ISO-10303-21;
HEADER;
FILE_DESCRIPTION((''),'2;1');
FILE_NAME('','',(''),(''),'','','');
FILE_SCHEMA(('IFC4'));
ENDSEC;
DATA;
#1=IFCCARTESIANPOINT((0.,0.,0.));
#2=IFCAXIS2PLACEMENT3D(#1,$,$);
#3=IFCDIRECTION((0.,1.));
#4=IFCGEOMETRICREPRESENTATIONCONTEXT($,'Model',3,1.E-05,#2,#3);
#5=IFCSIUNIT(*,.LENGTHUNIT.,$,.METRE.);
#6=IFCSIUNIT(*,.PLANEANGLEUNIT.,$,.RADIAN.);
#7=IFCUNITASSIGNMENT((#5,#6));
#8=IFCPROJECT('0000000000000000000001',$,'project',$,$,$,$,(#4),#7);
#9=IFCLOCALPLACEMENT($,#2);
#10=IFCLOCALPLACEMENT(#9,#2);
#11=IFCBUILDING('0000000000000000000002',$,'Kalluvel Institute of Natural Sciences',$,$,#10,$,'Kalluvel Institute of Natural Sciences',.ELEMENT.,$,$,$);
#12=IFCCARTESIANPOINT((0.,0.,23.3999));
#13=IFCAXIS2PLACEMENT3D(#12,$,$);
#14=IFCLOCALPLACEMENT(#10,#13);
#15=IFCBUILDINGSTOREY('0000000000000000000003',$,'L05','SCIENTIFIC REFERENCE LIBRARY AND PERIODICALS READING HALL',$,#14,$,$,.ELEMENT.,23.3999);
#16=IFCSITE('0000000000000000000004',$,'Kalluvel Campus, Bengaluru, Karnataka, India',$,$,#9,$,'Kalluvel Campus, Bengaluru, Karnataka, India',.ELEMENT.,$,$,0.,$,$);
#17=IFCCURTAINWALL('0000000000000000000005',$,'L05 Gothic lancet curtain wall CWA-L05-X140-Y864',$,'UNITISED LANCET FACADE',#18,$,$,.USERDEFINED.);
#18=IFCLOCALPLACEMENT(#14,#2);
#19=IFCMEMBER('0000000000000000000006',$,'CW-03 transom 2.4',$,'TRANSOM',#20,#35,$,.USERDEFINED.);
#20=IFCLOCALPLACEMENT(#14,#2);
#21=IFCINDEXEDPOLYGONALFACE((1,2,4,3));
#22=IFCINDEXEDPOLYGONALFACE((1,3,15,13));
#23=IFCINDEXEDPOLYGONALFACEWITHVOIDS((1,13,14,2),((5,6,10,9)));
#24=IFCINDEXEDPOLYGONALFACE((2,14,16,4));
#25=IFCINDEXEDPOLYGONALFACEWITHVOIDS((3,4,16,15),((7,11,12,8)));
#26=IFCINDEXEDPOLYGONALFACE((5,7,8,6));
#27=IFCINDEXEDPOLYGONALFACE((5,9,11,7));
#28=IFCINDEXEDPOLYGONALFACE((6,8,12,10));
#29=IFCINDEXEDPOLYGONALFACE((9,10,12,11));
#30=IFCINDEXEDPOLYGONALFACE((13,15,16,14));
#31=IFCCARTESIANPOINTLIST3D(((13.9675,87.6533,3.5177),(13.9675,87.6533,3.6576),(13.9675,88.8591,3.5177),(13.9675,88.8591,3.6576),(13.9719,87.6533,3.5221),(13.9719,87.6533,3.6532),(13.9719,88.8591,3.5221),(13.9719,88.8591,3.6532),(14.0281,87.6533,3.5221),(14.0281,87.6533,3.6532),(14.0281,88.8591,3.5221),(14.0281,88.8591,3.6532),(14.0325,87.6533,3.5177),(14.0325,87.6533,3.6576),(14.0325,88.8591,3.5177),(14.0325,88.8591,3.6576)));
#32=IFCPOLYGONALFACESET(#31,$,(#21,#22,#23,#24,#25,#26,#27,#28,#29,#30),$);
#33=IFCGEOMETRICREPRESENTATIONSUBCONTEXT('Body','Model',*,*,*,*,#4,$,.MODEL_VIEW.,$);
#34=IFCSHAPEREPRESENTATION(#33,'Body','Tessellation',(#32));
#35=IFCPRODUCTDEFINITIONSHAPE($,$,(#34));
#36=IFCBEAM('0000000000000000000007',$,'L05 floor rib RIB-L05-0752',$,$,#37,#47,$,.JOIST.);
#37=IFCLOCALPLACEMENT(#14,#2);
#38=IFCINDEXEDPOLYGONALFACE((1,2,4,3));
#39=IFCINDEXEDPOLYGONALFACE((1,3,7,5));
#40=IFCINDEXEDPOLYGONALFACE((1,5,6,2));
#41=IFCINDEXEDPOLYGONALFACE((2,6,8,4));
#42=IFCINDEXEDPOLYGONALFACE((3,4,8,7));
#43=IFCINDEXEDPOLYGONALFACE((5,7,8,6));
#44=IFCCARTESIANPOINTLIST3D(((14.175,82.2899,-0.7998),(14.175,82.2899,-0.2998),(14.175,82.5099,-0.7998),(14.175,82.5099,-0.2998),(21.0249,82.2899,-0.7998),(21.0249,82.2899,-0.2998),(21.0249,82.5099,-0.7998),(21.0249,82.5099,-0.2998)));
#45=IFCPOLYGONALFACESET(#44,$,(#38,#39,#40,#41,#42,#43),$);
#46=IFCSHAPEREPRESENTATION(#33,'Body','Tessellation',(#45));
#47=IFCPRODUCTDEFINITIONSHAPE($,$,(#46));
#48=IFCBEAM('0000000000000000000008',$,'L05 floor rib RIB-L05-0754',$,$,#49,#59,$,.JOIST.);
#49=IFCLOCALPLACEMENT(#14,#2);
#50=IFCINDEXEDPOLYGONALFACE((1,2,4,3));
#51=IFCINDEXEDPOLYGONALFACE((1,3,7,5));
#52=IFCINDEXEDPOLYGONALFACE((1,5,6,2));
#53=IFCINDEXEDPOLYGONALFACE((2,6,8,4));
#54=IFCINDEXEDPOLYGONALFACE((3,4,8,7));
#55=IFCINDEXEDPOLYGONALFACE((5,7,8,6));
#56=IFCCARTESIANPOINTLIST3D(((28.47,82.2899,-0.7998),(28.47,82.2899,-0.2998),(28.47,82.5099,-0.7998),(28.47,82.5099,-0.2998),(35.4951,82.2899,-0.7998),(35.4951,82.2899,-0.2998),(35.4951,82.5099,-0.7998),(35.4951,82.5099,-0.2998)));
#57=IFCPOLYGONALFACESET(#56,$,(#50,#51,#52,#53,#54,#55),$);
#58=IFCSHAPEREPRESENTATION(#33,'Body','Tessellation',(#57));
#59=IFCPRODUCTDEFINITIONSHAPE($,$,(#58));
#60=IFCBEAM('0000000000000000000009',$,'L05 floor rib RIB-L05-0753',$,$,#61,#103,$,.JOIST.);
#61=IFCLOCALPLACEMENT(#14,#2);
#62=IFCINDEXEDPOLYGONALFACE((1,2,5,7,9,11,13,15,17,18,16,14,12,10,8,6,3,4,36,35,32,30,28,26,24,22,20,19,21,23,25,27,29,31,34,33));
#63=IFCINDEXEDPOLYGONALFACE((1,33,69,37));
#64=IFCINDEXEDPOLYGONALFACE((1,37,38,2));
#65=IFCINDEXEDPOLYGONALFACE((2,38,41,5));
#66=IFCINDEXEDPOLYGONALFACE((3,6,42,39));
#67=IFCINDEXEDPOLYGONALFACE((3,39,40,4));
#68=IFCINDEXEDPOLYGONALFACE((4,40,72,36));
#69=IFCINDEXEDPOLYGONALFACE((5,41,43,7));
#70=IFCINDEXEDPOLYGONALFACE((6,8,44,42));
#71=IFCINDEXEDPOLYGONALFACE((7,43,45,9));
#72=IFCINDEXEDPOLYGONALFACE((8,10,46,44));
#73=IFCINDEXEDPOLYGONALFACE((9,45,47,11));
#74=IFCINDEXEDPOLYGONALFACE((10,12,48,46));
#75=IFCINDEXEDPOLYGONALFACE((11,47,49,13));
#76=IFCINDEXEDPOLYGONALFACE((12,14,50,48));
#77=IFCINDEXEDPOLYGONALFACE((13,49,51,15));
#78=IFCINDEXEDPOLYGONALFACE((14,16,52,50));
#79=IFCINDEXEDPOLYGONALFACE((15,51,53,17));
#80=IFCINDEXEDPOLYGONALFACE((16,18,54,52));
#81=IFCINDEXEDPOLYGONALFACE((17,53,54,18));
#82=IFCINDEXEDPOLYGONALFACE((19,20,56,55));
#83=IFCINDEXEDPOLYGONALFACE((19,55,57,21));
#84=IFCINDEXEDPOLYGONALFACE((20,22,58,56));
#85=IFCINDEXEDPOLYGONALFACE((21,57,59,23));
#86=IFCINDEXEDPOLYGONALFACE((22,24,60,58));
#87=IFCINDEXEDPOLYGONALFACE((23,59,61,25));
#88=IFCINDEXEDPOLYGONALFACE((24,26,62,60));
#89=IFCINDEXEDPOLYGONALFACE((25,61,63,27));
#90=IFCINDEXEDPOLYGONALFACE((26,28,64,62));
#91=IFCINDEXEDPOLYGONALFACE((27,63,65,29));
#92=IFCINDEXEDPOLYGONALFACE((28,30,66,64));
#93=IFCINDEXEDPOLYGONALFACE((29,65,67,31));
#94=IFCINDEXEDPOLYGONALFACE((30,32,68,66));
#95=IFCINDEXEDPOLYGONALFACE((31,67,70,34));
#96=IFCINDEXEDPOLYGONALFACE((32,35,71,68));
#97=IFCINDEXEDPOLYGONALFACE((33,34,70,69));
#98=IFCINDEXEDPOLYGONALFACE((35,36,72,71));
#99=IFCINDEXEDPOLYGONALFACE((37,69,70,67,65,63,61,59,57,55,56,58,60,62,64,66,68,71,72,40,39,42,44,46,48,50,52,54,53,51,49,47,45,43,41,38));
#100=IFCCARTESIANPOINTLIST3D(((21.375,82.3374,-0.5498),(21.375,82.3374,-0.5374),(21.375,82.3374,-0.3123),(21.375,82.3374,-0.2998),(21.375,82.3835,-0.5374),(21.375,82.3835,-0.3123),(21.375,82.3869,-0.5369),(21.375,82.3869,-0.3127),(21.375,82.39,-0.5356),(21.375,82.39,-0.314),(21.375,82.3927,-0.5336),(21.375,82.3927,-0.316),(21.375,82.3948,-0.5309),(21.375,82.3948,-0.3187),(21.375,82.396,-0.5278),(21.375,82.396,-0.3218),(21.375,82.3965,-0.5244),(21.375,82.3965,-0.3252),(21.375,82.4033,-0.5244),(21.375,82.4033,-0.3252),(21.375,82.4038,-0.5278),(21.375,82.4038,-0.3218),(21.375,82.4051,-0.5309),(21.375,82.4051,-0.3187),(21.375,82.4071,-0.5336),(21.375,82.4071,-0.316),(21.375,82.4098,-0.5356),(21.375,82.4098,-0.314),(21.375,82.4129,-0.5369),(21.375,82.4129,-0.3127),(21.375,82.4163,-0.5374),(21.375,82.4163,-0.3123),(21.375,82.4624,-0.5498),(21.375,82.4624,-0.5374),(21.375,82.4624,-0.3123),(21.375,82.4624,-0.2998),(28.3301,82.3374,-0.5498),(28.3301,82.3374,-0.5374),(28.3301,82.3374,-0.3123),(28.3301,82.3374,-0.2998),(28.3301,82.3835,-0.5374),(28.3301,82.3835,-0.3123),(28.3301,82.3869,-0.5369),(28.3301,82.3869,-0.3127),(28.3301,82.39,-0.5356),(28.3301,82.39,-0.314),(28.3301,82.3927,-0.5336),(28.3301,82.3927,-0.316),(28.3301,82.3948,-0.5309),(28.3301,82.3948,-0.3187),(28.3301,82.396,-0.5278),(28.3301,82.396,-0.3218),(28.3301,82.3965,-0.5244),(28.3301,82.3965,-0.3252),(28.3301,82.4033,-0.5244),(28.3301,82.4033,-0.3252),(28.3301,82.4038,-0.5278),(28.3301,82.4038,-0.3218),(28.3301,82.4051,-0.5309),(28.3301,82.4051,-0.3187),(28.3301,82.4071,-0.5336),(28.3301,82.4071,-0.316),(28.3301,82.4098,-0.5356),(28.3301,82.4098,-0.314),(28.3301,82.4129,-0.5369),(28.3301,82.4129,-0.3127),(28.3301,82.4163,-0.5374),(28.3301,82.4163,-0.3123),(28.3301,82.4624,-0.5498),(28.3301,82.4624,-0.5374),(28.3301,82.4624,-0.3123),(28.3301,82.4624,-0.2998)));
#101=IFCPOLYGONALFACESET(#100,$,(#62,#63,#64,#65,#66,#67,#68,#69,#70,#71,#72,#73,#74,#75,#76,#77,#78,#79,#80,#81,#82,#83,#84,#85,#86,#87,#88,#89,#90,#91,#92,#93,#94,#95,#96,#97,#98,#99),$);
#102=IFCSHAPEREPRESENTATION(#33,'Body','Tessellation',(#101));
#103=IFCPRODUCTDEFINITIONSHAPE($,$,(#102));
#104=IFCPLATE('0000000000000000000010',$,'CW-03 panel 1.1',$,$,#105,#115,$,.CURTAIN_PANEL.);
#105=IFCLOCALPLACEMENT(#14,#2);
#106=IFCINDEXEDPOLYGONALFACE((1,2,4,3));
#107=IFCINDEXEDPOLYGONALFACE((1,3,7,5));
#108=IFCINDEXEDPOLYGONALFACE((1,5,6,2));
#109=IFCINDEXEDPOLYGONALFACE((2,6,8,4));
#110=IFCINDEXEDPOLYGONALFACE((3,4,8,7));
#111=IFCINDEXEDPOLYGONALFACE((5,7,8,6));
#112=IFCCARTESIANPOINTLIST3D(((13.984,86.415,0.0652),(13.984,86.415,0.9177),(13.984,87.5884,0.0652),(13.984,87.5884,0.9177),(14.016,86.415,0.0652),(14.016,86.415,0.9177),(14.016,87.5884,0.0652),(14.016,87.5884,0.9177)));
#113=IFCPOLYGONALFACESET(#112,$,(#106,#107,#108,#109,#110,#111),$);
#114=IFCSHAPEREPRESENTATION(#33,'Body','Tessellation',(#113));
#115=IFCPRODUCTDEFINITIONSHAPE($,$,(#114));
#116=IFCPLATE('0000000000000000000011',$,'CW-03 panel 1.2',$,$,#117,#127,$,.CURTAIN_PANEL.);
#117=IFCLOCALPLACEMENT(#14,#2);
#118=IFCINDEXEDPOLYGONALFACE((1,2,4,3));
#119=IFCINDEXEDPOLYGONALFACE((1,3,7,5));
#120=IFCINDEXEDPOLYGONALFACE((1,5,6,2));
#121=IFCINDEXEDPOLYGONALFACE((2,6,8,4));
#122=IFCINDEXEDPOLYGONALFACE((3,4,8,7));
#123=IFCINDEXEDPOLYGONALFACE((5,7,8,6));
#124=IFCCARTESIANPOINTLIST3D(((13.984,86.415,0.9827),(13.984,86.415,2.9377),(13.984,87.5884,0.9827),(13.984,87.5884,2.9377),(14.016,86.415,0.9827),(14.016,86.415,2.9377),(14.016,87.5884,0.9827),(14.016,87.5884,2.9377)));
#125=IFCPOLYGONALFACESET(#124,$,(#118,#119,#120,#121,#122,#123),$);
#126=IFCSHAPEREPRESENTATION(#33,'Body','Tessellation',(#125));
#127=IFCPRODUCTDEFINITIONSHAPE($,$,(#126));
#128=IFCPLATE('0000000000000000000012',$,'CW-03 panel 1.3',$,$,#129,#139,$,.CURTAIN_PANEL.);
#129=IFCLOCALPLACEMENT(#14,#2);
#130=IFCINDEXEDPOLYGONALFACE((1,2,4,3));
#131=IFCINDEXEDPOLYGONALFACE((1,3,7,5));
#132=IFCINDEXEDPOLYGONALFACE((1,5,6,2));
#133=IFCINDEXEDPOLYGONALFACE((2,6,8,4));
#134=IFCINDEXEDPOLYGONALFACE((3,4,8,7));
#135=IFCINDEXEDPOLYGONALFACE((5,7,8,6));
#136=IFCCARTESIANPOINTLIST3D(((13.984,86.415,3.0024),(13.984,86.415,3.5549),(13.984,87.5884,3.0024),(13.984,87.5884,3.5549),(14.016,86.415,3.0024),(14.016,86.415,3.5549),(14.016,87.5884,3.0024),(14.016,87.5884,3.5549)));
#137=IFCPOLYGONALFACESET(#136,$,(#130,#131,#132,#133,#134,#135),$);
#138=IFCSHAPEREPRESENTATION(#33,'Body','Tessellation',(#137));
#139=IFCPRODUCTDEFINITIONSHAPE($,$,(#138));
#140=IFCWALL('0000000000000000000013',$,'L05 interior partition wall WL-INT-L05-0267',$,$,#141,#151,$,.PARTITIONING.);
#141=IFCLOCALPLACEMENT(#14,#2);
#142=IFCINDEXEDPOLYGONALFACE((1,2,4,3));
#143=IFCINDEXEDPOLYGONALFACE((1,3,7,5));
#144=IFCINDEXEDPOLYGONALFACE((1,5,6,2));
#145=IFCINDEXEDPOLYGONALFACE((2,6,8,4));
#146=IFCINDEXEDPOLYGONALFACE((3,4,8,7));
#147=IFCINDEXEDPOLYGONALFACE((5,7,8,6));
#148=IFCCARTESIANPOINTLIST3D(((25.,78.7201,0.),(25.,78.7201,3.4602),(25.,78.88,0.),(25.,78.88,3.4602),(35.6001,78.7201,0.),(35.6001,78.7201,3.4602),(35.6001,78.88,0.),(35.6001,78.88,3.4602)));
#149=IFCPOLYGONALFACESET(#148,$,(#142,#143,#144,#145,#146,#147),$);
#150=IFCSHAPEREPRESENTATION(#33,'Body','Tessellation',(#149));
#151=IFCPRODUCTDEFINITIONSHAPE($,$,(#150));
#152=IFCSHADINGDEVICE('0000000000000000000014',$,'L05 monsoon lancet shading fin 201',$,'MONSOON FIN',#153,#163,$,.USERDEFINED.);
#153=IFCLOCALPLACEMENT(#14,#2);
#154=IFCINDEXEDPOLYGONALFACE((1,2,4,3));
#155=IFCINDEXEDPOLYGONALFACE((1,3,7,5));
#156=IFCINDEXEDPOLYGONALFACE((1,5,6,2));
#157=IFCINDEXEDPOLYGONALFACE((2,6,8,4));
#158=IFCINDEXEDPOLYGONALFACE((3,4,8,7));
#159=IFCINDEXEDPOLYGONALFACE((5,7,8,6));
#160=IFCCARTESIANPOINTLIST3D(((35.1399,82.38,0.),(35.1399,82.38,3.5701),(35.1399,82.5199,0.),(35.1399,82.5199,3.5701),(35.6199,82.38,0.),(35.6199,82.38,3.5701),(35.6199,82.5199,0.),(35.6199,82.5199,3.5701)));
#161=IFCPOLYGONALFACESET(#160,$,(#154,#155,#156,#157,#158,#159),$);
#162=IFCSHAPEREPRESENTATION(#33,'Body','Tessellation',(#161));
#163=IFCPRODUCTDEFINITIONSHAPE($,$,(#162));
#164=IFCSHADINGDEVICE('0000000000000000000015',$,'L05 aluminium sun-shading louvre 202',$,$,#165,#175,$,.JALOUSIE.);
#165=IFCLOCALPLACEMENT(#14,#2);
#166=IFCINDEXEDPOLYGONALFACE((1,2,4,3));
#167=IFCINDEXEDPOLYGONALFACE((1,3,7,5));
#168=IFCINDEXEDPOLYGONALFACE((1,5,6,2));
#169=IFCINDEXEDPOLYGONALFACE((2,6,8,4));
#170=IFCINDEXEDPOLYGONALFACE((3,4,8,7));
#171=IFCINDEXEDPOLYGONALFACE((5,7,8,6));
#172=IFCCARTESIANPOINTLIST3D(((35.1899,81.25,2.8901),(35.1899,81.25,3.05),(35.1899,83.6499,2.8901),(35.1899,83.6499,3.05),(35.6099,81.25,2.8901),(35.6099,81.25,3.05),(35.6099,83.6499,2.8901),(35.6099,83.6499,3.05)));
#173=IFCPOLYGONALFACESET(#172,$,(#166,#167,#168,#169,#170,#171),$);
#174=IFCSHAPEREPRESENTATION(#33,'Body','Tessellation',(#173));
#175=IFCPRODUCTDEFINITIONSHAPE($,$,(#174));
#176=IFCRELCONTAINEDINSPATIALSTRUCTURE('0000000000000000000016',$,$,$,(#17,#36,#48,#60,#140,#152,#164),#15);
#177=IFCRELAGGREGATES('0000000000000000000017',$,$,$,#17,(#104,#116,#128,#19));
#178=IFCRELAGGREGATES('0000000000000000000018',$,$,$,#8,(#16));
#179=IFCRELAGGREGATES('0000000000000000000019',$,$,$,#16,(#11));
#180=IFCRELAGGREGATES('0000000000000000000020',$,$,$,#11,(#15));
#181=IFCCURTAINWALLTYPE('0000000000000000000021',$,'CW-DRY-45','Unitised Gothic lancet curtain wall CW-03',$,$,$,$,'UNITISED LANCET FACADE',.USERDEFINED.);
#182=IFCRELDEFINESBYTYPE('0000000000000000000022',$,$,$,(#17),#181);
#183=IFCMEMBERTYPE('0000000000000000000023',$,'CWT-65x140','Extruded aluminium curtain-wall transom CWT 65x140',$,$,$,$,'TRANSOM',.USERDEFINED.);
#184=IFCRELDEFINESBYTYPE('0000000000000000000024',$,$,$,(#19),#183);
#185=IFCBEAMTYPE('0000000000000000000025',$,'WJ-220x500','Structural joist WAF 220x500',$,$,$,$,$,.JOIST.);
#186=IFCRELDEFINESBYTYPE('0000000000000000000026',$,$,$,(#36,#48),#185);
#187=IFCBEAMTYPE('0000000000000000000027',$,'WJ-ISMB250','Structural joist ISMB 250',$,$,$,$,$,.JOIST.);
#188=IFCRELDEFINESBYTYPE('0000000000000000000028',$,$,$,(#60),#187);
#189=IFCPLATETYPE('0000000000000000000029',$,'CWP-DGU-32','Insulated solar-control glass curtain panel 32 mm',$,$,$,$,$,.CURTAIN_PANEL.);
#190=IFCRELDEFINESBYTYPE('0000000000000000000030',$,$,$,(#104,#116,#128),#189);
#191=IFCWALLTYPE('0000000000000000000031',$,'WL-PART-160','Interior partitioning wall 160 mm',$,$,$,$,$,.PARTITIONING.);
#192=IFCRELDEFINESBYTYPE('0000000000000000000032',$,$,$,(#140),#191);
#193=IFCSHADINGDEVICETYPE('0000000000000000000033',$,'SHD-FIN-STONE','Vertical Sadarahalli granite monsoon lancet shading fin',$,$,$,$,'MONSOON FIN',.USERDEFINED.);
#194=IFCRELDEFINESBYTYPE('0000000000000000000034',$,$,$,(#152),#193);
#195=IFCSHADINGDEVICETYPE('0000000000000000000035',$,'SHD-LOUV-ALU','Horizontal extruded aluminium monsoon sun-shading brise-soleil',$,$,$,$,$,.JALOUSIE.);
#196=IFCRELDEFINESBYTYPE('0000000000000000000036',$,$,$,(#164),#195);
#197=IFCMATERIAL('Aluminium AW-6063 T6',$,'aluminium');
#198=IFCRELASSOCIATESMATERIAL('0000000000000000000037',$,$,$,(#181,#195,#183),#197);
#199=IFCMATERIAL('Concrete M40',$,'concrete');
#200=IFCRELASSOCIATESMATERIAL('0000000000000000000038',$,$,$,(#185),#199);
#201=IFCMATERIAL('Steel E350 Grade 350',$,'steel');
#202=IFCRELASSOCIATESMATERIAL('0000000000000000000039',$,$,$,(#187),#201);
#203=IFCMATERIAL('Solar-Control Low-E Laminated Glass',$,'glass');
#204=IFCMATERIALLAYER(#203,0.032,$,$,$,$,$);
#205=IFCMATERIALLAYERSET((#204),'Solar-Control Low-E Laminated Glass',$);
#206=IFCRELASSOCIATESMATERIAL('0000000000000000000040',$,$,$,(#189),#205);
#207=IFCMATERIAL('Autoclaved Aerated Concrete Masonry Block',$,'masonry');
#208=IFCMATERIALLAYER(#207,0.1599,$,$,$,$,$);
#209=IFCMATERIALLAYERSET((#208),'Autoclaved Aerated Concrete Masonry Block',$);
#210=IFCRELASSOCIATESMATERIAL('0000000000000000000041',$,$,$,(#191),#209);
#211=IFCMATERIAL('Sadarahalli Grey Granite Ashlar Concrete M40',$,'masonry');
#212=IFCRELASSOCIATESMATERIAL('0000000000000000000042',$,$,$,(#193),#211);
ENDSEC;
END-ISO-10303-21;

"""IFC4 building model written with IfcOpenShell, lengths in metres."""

from ifc_helpers import new_model, si_unit, direction, frame, frame_2d, origin, origin_2d, place, context, subcontext, project, spatial, rectangle, hollow_rectangle, i_section, extrude, material, layer, layer_set, material_profile, profile_set, type_object, element, aggregate, save


model = new_model("IFC4")

# Units and contexts
model_context = context("Model", 3, precision=1e-05, world=origin(), true_north=direction((0.0, 1.0)))
body_context = subcontext(model_context, "Body", "Model", "MODEL_VIEW")
ifc_project = project(units=[si_unit("LENGTHUNIT", "METRE"), si_unit("PLANEANGLEUNIT", "RADIAN")], contexts=[model_context])

# Site, building, storey
site_placement = place(None, origin())
site = spatial("IfcSite", under=ifc_project, at=site_placement, Name="Kalluvel Campus, Bengaluru, Karnataka, India", LongName="Kalluvel Campus, Bengaluru, Karnataka, India", CompositionType="ELEMENT", RefElevation=0.0)
building_placement = place(site_placement, origin())
building = spatial("IfcBuilding", under=site, at=building_placement, Name="Kalluvel Institute of Natural Sciences", LongName="Kalluvel Institute of Natural Sciences", CompositionType="ELEMENT")
storey_placement = place(building_placement, frame((0.0, 0.0, 23.3999)))
storey = spatial("IfcBuildingStorey", under=building, at=storey_placement, Name="L05", Description="SCIENTIFIC REFERENCE LIBRARY AND PERIODICALS READING HALL", CompositionType="ELEMENT", Elevation=23.3999)

# Shared definitions
ifc_material_1 = material(Name="Concrete M40", Category="concrete")

# Shared definitions
ifc_material_2 = material(Name="Steel E350 Grade 350", Category="steel")

# Curtain wall, member
ifc_material_3 = material(Name="Aluminium AW-6063 T6", Category="aluminium")
curtain_wall_type = type_object("IfcCurtainWallType", Name="CW-DRY-45", Description="Unitised Gothic lancet curtain wall CW-03", ElementType="UNITISED LANCET FACADE", PredefinedType="USERDEFINED", material=ifc_material_3)
curtain_wall_placement = place(storey_placement, origin())
curtain_wall = element("IfcCurtainWall", 1, at=curtain_wall_placement, inside=storey, type_object=curtain_wall_type, Name="L05 Gothic lancet curtain wall CWA-L05-X140-Y864", ObjectType="UNITISED LANCET FACADE", PredefinedType="USERDEFINED")
ifc_material_profile_1 = material_profile(ifc_material_3, hollow_rectangle(XDim=0.0649, YDim=0.1399, WallThickness=0.0044, at=origin_2d()), Name="CWT 65x140")
ifc_profile_set_1 = profile_set([ifc_material_profile_1], Name="Aluminium AW-6063 T6")
member_type_1 = type_object("IfcMemberType", Name="CWT-65x140", Description="Extruded aluminium curtain-wall transom CWT 65x140", ElementType="TRANSOM", PredefinedType="USERDEFINED", material=ifc_profile_set_1)
member_1_placement = place(storey_placement, frame((14.0, 87.6533, 3.5876), z_axis=(0.0, 1.0, 0.0), x_axis=(-1.0, 0.0, 0.0)))
member_1 = element("IfcMember", 2, at=member_1_placement, type_object=member_type_1, Name="CW-03 transom 2.4", ObjectType="TRANSOM", PredefinedType="USERDEFINED", context=body_context, shape_type="SweptSolid", body=[
    extrude(hollow_rectangle(XDim=0.0649, YDim=0.1399, WallThickness=0.0044, at=origin_2d()), origin(), (0.0, 0.0, 1.0), 1.2058),
])

# Beams
ifc_material_profile_2 = material_profile(ifc_material_1, rectangle(XDim=0.22, YDim=0.5, at=origin_2d()), Name="WAF 220x500")
ifc_profile_set_2 = profile_set([ifc_material_profile_2], Name="Concrete M40")
beam_type_1 = type_object("IfcBeamType", Name="WJ-220x500", Description="Structural joist WAF 220x500", PredefinedType="JOIST", material=ifc_profile_set_2)
beam_1_placement = place(storey_placement, frame((14.175, 82.3999, -0.5498), z_axis=(1.0, 0.0, 0.0), x_axis=(0.0, 1.0, 0.0)))
element("IfcBeam", 3, at=beam_1_placement, inside=storey, type_object=beam_type_1, Name="L05 floor rib RIB-L05-0752", PredefinedType="JOIST", context=body_context, shape_type="SweptSolid", body=[
    extrude(rectangle(XDim=0.22, YDim=0.5, at=origin_2d()), origin(), (0.0, 0.0, 1.0), 6.8499),
])
beam_2_placement = place(storey_placement, frame((28.47, 82.3999, -0.5498), z_axis=(1.0, 0.0, 0.0), x_axis=(0.0, 1.0, 0.0)))
element("IfcBeam", 4, at=beam_2_placement, inside=storey, type_object=beam_type_1, Name="L05 floor rib RIB-L05-0754", PredefinedType="JOIST", context=body_context, shape_type="SweptSolid", body=[
    extrude(rectangle(XDim=0.22, YDim=0.5, at=origin_2d()), origin(), (0.0, 0.0, 1.0), 7.0251),
])
ifc_material_profile_3 = material_profile(ifc_material_2, i_section(OverallWidth=0.125, OverallDepth=0.25, WebThickness=0.0068, FlangeThickness=0.0125, FilletRadius=0.0129, at=origin_2d()), Name="ISMB 250")
ifc_profile_set_3 = profile_set([ifc_material_profile_3], Name="Steel E350 Grade 350")
beam_type_2 = type_object("IfcBeamType", Name="WJ-ISMB250", Description="Structural joist ISMB 250", PredefinedType="JOIST", material=ifc_profile_set_3)
beam_3_placement = place(storey_placement, frame((21.375, 82.3999, -0.4248), z_axis=(1.0, 0.0, 0.0), x_axis=(0.0, 1.0, 0.0)))
element("IfcBeam", 5, at=beam_3_placement, inside=storey, type_object=beam_type_2, Name="L05 floor rib RIB-L05-0753", PredefinedType="JOIST", context=body_context, shape_type="SweptSolid", body=[
    extrude(i_section(OverallWidth=0.125, OverallDepth=0.25, WebThickness=0.0068, FlangeThickness=0.0125, FilletRadius=0.0129, at=origin_2d()), origin(), (0.0, 0.0, 1.0), 6.9551),
])

# Plates
ifc_material_4 = material(Name="Solar-Control Low-E Laminated Glass", Category="glass")
ifc_layer_1 = layer(ifc_material_4, 0.032)
ifc_layer_set_1 = layer_set([ifc_layer_1], Name="Solar-Control Low-E Laminated Glass")
plate_type = type_object("IfcPlateType", Name="CWP-DGU-32", Description="Insulated solar-control glass curtain panel 32 mm", PredefinedType="CURTAIN_PANEL", material=ifc_layer_set_1)
plate_1_placement = place(storey_placement, frame((14.0, 87.0017, 0.0652), z_axis=(0.0, 0.0, 1.0), x_axis=(0.0, 1.0, 0.0)))
plate_1 = element("IfcPlate", 6, at=plate_1_placement, type_object=plate_type, Name="CW-03 panel 1.1", PredefinedType="CURTAIN_PANEL", context=body_context, shape_type="SweptSolid", body=[
    extrude(rectangle(XDim=1.1733, YDim=0.032, at=origin_2d()), origin(), (0.0, 0.0, 1.0), 0.8525),
])
plate_2_placement = place(storey_placement, frame((14.0, 87.0017, 0.9827), z_axis=(0.0, 0.0, 1.0), x_axis=(0.0, 1.0, 0.0)))
plate_2 = element("IfcPlate", 7, at=plate_2_placement, type_object=plate_type, Name="CW-03 panel 1.2", PredefinedType="CURTAIN_PANEL", context=body_context, shape_type="SweptSolid", body=[
    extrude(rectangle(XDim=1.1733, YDim=0.032, at=origin_2d()), origin(), (0.0, 0.0, 1.0), 1.9551),
])
plate_3_placement = place(storey_placement, frame((14.0, 87.0017, 3.0024), z_axis=(0.0, 0.0, 1.0), x_axis=(0.0, 1.0, 0.0)))
plate_3 = element("IfcPlate", 8, at=plate_3_placement, type_object=plate_type, Name="CW-03 panel 1.3", PredefinedType="CURTAIN_PANEL", context=body_context, shape_type="SweptSolid", body=[
    extrude(rectangle(XDim=1.1733, YDim=0.032, at=origin_2d()), origin(), (0.0, 0.0, 1.0), 0.5525),
])
aggregate(curtain_wall, [plate_1, plate_2, plate_3, member_1])

# Wall
ifc_material_5 = material(Name="Autoclaved Aerated Concrete Masonry Block", Category="masonry")
ifc_layer_2 = layer(ifc_material_5, 0.1599)
ifc_layer_set_2 = layer_set([ifc_layer_2], Name="Autoclaved Aerated Concrete Masonry Block")
wall_type = type_object("IfcWallType", Name="WL-PART-160", Description="Interior partitioning wall 160 mm", PredefinedType="PARTITIONING", material=ifc_layer_set_2)
wall_placement = place(storey_placement, frame((25.0, 78.8, 0.0), z_axis=(0.0, 0.0, 1.0), x_axis=(1.0, 0.0, 0.0)))
element("IfcWall", 9, at=wall_placement, inside=storey, type_object=wall_type, Name="L05 interior partition wall WL-INT-L05-0267", PredefinedType="PARTITIONING", context=body_context, shape_type="SweptSolid", body=[
    extrude(rectangle(XDim=10.6001, YDim=0.1599, at=frame_2d((5.3, 0.0))), origin(), (0.0, 0.0, 1.0), 3.4602),
])

# Shading devices
ifc_material_6 = material(Name="Sadarahalli Grey Granite Ashlar Concrete M40", Category="masonry")
shading_device_type_1 = type_object("IfcShadingDeviceType", Name="SHD-FIN-STONE", Description="Vertical Sadarahalli granite monsoon lancet shading fin", ElementType="MONSOON FIN", PredefinedType="USERDEFINED", material=ifc_material_6)
shading_device_1_placement = place(storey_placement, frame((35.3799, 82.45, 0.0), z_axis=(0.0, 0.0, 1.0), x_axis=(0.0, 1.0, 0.0)))
element("IfcShadingDevice", 10, at=shading_device_1_placement, inside=storey, type_object=shading_device_type_1, Name="L05 monsoon lancet shading fin 201", ObjectType="MONSOON FIN", PredefinedType="USERDEFINED", context=body_context, shape_type="SweptSolid", body=[
    extrude(rectangle(XDim=0.1399, YDim=0.48, at=origin_2d()), origin(), (0.0, 0.0, 1.0), 3.5701),
])
shading_device_type_2 = type_object("IfcShadingDeviceType", Name="SHD-LOUV-ALU", Description="Horizontal extruded aluminium monsoon sun-shading brise-soleil", PredefinedType="JALOUSIE", material=ifc_material_3)
shading_device_2_placement = place(storey_placement, frame((35.3999, 82.45, 2.8901), z_axis=(0.0, 0.0, 1.0), x_axis=(0.0, 1.0, 0.0)))
element("IfcShadingDevice", 11, at=shading_device_2_placement, inside=storey, type_object=shading_device_type_2, Name="L05 aluminium sun-shading louvre 202", PredefinedType="JALOUSIE", context=body_context, shape_type="SweptSolid", body=[
    extrude(rectangle(XDim=2.3999, YDim=0.4199, at=origin_2d()), origin(), (0.0, 0.0, 1.0), 0.1599),
])

save(model, "model.ifc")
